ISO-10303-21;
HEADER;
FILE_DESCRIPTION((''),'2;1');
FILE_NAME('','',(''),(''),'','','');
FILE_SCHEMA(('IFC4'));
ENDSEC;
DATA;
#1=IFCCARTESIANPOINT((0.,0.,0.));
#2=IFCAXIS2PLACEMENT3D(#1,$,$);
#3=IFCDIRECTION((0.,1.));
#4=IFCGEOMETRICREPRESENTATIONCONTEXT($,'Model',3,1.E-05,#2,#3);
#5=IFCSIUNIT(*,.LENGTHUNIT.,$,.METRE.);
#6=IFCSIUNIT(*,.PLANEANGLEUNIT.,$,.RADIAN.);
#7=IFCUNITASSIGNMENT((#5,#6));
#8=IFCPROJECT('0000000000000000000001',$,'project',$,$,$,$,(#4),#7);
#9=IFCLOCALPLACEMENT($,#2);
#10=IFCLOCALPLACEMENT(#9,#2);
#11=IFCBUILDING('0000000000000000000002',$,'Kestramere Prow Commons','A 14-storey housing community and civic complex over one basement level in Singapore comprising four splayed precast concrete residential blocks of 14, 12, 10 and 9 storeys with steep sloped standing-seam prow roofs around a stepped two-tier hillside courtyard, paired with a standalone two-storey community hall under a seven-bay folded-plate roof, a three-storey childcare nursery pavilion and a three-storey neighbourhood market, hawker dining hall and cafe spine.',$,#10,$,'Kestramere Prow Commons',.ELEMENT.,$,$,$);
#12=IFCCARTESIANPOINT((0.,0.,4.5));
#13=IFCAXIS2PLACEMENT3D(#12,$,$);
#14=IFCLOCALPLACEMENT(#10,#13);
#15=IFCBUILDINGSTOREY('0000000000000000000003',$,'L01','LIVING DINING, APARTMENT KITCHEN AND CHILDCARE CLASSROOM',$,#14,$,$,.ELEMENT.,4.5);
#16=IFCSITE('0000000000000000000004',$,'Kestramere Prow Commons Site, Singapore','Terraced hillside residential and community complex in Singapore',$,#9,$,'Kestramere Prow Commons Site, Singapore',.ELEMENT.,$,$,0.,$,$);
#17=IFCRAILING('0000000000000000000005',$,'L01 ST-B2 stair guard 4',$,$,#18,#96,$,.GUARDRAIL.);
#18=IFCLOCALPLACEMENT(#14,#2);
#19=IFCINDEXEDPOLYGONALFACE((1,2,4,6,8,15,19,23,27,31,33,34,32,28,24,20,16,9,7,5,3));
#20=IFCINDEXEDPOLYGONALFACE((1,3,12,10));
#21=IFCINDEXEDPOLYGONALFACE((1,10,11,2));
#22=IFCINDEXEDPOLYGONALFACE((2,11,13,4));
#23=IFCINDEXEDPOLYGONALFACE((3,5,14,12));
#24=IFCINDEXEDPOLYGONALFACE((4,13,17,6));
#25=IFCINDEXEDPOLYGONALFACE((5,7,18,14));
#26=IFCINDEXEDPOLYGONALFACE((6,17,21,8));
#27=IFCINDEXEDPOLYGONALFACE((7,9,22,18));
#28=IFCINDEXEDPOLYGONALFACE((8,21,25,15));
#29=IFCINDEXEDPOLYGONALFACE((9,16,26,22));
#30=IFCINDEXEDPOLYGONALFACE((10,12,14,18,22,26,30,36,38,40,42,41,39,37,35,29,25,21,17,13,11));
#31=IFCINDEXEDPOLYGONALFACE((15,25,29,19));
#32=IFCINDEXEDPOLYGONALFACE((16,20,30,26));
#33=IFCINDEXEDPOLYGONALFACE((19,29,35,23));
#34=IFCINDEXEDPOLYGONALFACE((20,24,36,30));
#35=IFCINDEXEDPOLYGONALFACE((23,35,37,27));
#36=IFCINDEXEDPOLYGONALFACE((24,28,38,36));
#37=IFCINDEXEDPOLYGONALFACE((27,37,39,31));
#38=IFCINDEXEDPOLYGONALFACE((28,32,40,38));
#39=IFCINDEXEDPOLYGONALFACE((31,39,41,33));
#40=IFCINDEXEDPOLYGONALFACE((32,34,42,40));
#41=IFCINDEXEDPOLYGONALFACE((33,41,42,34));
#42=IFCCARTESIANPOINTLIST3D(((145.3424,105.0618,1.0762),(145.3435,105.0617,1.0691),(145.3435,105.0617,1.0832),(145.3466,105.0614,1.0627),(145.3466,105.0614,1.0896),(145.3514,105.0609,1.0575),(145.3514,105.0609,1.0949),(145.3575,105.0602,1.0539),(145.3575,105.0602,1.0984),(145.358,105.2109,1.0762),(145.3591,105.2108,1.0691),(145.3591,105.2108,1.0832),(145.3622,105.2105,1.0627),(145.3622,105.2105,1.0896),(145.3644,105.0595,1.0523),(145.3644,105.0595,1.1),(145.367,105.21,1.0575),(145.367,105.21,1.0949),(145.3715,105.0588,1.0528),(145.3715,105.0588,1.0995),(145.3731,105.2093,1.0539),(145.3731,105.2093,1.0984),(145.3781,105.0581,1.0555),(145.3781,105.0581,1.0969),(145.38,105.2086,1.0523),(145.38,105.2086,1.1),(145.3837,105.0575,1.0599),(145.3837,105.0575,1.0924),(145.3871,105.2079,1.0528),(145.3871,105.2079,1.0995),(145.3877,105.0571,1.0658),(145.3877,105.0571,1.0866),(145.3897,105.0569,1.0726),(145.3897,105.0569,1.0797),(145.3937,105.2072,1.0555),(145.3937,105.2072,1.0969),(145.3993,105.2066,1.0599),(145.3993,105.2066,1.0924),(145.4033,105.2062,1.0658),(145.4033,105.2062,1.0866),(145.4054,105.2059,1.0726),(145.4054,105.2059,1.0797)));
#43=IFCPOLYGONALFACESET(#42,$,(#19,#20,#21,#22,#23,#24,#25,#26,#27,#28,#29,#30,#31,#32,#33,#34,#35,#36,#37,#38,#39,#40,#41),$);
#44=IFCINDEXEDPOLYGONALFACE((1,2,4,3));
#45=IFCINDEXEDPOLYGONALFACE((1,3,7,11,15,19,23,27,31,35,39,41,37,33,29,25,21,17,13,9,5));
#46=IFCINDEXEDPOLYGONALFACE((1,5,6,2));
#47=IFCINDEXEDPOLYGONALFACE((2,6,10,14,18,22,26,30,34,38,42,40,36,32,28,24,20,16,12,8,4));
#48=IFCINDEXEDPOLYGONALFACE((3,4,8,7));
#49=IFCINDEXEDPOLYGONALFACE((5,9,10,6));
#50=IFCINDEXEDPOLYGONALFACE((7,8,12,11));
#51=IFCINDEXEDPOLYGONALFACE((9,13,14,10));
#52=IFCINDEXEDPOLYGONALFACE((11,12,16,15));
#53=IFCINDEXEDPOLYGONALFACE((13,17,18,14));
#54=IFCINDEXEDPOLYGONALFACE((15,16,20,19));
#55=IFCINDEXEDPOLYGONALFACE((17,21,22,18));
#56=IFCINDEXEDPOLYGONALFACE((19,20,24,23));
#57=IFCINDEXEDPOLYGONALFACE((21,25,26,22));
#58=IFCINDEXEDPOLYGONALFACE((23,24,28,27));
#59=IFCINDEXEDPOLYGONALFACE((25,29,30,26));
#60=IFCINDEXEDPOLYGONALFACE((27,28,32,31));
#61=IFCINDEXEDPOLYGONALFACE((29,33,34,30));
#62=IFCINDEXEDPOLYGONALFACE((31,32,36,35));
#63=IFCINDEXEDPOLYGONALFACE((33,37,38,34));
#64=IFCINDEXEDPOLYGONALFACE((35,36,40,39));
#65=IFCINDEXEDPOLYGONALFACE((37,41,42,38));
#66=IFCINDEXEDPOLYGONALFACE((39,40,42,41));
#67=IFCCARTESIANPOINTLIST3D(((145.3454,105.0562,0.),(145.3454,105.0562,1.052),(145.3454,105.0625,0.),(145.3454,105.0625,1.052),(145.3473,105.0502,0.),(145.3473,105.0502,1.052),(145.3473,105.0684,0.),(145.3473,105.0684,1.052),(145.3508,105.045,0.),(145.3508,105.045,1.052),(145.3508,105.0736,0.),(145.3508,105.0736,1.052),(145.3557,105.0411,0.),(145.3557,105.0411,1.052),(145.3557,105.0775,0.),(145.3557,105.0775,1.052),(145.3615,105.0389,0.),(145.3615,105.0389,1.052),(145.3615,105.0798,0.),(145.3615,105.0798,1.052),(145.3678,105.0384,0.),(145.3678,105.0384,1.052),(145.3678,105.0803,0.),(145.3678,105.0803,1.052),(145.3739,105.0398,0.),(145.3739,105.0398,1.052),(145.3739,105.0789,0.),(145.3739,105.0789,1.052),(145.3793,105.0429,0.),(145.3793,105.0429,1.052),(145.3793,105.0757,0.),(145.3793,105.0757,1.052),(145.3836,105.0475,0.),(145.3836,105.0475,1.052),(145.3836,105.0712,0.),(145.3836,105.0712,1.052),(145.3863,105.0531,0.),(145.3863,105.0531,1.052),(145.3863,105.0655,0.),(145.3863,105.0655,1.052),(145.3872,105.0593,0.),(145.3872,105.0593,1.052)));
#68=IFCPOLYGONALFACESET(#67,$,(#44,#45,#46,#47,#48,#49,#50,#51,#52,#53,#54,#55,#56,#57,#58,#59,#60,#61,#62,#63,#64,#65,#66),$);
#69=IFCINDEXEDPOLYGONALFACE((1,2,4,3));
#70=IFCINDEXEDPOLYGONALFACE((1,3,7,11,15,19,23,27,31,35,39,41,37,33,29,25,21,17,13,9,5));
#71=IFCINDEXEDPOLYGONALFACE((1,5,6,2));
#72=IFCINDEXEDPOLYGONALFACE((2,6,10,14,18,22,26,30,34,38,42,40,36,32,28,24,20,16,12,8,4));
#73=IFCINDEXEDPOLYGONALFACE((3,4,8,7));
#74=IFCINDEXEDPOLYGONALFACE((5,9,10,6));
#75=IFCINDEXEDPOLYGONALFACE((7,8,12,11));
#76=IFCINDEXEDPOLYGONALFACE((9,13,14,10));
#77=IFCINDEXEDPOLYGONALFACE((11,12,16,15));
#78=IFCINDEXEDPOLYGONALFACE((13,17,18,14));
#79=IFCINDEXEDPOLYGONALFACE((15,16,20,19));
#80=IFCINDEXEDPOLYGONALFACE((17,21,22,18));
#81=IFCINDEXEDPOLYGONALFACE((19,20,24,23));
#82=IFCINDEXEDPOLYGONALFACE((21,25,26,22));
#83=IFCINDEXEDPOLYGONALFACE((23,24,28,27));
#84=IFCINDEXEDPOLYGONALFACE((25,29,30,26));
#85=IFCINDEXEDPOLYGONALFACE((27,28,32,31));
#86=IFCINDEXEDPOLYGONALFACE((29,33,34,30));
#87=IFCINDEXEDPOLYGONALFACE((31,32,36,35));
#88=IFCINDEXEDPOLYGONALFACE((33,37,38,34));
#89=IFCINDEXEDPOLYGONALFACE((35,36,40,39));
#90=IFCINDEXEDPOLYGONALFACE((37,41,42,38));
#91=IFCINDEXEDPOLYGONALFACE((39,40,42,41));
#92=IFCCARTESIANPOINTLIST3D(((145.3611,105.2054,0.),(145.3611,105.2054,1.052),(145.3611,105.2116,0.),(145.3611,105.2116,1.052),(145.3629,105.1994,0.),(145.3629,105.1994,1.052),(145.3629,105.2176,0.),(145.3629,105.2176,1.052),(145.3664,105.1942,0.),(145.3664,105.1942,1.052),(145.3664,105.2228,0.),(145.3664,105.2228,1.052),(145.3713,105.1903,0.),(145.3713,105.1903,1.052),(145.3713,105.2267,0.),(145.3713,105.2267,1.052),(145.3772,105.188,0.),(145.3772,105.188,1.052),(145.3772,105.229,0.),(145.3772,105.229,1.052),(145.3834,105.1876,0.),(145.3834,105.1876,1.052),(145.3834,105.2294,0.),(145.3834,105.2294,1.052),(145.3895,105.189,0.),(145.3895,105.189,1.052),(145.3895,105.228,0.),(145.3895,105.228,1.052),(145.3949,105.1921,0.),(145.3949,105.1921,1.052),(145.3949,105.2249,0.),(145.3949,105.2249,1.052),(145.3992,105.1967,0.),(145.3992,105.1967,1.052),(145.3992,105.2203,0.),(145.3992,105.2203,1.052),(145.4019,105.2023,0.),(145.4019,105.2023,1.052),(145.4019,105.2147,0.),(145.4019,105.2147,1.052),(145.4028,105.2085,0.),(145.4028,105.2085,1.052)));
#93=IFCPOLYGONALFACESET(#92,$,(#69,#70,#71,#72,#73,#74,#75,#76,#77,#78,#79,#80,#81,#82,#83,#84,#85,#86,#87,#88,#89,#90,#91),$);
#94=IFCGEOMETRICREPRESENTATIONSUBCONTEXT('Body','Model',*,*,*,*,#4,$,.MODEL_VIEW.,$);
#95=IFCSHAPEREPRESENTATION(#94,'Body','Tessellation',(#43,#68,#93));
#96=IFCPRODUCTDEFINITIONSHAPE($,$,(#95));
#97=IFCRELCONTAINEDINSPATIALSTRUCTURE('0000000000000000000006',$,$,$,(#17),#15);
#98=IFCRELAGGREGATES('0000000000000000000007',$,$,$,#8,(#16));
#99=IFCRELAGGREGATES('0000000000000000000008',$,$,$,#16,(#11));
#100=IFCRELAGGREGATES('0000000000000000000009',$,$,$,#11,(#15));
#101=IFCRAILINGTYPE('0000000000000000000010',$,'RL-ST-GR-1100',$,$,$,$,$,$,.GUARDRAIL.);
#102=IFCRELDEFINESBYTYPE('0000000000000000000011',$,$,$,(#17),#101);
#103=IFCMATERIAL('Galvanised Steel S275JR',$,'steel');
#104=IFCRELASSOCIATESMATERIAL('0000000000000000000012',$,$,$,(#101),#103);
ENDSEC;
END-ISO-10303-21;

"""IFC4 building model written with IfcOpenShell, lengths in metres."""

from ifc_helpers import new_model, si_unit, direction, frame, origin, origin_2d, place, context, subcontext, project, spatial, circle, extrude, material, type_object, element, save


model = new_model("IFC4")

# Units and contexts
model_context = context("Model", 3, precision=1e-05, world=origin(), true_north=direction((0.0, 1.0)))
body_context = subcontext(model_context, "Body", "Model", "MODEL_VIEW")
ifc_project = project(units=[si_unit("LENGTHUNIT", "METRE"), si_unit("PLANEANGLEUNIT", "RADIAN")], contexts=[model_context])

# Site, building, storey
site_placement = place(None, origin())
site = spatial("IfcSite", under=ifc_project, at=site_placement, Name="Kestramere Prow Commons Site, Singapore", Description="Terraced hillside residential and community complex in Singapore", LongName="Kestramere Prow Commons Site, Singapore", CompositionType="ELEMENT", RefElevation=0.0)
building_placement = place(site_placement, origin())
building = spatial("IfcBuilding", under=site, at=building_placement, Name="Kestramere Prow Commons", Description="A 14-storey housing community and civic complex over one basement level in Singapore comprising four splayed precast concrete residential blocks of 14, 12, 10 and 9 storeys with steep sloped standing-seam prow roofs around a stepped two-tier hillside courtyard, paired with a standalone two-storey community hall under a seven-bay folded-plate roof, a three-storey childcare nursery pavilion and a three-storey neighbourhood market, hawker dining hall and cafe spine.", LongName="Kestramere Prow Commons", CompositionType="ELEMENT")
storey_placement = place(building_placement, frame((0.0, 0.0, 4.5)))
storey = spatial("IfcBuildingStorey", under=building, at=storey_placement, Name="L01", Description="LIVING DINING, APARTMENT KITCHEN AND CHILDCARE CLASSROOM", CompositionType="ELEMENT", Elevation=4.5)

# Railing
ifc_material_1 = material(Name="Galvanised Steel S275JR", Category="steel")
railing_type_1 = type_object("IfcRailingType", Name="RL-ST-GR-1100", PredefinedType="GUARDRAIL", material=ifc_material_1)
railing_1_placement = place(storey_placement, frame((145.3662, 105.0593, 0.0)))
element("IfcRailing", 1, at=railing_1_placement, inside=storey, type_object=railing_type_1, Name="L01 ST-B2 stair guard 4", PredefinedType="GUARDRAIL", context=body_context, shape_type="SweptSolid", body=[
    extrude(circle(Radius=0.0239, at=origin_2d()), frame((0.0, 0.0, 1.0762), z_axis=(0.104176, 0.994559, 0.0), x_axis=(-0.994559, 0.104176, 0.0)), (0.0, 0.0, 1.0), 0.1499),
    extrude(circle(Radius=0.021, at=origin_2d()), origin(), (0.0, 0.0, 1.0), 1.052),
    extrude(circle(Radius=0.021, at=origin_2d()), frame((0.0156, 0.1492, 0.0)), (0.0, 0.0, 1.0), 1.052),
])

save(model, "model.ifc")
